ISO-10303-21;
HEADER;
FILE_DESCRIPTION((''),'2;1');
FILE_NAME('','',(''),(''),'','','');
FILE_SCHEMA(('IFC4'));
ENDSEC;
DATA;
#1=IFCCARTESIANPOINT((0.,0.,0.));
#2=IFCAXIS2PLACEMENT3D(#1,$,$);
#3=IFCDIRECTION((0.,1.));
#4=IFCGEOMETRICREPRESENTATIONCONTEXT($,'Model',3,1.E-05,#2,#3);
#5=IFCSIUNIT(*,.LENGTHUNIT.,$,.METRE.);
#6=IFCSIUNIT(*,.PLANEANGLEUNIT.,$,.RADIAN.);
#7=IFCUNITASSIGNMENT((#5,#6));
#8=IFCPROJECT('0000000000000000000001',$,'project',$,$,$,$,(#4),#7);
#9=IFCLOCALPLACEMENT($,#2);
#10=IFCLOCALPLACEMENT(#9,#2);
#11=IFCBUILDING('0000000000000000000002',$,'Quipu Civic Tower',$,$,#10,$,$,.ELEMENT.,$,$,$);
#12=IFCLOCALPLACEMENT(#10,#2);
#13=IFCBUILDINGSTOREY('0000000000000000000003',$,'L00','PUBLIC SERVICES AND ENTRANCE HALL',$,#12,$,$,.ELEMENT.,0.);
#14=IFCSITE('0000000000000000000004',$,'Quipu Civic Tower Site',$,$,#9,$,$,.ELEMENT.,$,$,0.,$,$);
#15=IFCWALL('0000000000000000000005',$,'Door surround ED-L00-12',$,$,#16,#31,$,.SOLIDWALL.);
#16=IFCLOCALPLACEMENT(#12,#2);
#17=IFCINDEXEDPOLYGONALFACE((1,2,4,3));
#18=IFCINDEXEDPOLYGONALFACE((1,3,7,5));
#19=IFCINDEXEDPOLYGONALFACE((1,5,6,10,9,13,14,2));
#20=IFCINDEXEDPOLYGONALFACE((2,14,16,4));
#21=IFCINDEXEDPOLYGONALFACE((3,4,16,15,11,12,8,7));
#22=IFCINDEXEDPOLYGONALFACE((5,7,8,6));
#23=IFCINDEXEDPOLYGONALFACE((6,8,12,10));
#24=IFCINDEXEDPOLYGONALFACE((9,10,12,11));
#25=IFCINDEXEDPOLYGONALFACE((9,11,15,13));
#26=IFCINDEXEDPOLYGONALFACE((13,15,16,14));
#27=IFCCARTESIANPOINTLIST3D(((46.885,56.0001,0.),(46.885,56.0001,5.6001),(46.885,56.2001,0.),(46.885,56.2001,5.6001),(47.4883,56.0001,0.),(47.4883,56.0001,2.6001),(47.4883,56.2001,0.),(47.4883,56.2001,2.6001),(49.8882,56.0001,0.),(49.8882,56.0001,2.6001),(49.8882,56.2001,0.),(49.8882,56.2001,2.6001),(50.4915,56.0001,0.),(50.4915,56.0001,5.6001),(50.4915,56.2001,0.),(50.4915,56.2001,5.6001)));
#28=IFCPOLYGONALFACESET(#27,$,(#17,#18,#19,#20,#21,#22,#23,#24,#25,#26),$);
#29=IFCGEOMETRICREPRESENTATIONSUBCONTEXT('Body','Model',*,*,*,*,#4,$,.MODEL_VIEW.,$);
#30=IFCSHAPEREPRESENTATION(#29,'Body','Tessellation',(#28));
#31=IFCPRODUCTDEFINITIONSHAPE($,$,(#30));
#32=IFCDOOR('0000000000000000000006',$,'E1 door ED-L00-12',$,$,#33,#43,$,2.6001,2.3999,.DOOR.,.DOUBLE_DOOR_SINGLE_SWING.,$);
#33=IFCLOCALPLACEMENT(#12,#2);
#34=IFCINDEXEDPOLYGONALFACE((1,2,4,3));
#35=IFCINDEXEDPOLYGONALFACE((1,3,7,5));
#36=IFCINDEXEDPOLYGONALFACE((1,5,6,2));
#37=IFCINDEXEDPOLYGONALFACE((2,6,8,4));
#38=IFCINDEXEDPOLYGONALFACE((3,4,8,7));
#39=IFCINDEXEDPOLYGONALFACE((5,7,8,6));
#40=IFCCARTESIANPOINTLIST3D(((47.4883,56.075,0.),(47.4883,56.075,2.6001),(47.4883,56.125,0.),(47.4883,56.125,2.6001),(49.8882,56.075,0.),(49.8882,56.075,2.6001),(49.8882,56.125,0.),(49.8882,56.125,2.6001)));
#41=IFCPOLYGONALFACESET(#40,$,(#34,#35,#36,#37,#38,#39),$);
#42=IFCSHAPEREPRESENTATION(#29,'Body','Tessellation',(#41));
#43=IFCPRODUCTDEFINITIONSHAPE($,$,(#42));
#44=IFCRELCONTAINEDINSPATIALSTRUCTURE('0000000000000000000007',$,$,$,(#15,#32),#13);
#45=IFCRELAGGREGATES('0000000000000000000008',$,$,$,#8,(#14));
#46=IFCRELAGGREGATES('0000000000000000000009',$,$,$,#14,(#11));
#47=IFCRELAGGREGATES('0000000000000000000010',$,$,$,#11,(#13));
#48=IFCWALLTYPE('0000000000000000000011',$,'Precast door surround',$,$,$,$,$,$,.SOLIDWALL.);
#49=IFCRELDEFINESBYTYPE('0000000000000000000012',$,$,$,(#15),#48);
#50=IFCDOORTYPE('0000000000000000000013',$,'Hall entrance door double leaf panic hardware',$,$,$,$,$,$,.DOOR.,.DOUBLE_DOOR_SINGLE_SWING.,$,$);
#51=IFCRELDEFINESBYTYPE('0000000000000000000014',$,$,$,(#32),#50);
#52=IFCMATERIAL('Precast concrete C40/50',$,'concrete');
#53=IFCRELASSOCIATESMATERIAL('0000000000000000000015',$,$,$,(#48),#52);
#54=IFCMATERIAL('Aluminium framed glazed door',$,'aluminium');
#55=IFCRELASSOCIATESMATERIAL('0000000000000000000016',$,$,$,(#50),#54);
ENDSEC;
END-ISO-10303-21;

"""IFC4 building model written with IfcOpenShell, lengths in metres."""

from ifc_helpers import new_model, si_unit, direction, frame, frame_2d, origin, place, context, subcontext, project, spatial, rectangle, extrude, material, type_object, element, fill, save


model = new_model("IFC4")

# Units and contexts
model_context = context("Model", 3, precision=1e-05, world=origin(), true_north=direction((0.0, 1.0)))
body_context = subcontext(model_context, "Body", "Model", "MODEL_VIEW")
ifc_project = project(units=[si_unit("LENGTHUNIT", "METRE"), si_unit("PLANEANGLEUNIT", "RADIAN")], contexts=[model_context])

# Site, building, storey
site_placement = place(None, origin())
site = spatial("IfcSite", under=ifc_project, at=site_placement, Name="Quipu Civic Tower Site", CompositionType="ELEMENT", RefElevation=0.0)
building_placement = place(site_placement, origin())
building = spatial("IfcBuilding", under=site, at=building_placement, Name="Quipu Civic Tower", CompositionType="ELEMENT")
storey_placement = place(building_placement, origin())
storey = spatial("IfcBuildingStorey", under=building, at=storey_placement, Name="L00", Description="PUBLIC SERVICES AND ENTRANCE HALL", CompositionType="ELEMENT", Elevation=0.0)

# Wall, opening, door
ifc_material_1 = material(Name="Precast concrete C40/50", Category="concrete")
wall_type = type_object("IfcWallType", Name="Precast door surround", PredefinedType="SOLIDWALL", material=ifc_material_1)
wall_placement = place(storey_placement, frame((46.885, 56.1001, 0.0), z_axis=(0.0, 0.0, 1.0), x_axis=(1.0, 0.0, 0.0)))
wall = element("IfcWall", 1, at=wall_placement, inside=storey, type_object=wall_type, Name="Door surround ED-L00-12", PredefinedType="SOLIDWALL", context=body_context, shape_type="SweptSolid", body=[
    extrude(rectangle(XDim=3.6064, YDim=0.2, at=frame_2d((1.8032, 0.0))), origin(), (0.0, 0.0, 1.0), 5.6001),
])
opening_placement = place(wall_placement, frame((0.6033, 0.0, 0.0)))
opening = element("IfcOpeningElement", 2, at=opening_placement, cuts=wall, PredefinedType="OPENING", context=body_context, shape_type="SweptSolid", body=[
    extrude(rectangle(XDim=2.3999, YDim=2.6001, at=frame_2d((1.2, 1.3))), frame((0.0, 0.1099, 0.0), z_axis=(0.0, -1.0, 0.0), x_axis=(1.0, 0.0, 0.0)), (0.0, 0.0, 1.0), 0.22),
])
ifc_material_2 = material(Name="Aluminium framed glazed door", Category="aluminium")
door_type = type_object("IfcDoorType", Name="Hall entrance door double leaf panic hardware", OperationType="DOUBLE_DOOR_SINGLE_SWING", PredefinedType="DOOR", material=ifc_material_2)
door_placement = place(opening_placement, origin())
door = element("IfcDoor", 3, at=door_placement, inside=storey, type_object=door_type, Name="E1 door ED-L00-12", OperationType="DOUBLE_DOOR_SINGLE_SWING", OverallHeight=2.6001, OverallWidth=2.3999, PredefinedType="DOOR", context=body_context, shape_type="SweptSolid", body=[
    extrude(rectangle(XDim=2.3999, YDim=2.6001, at=frame_2d((1.2, 1.3))), frame((0.0, 0.0249, 0.0), z_axis=(0.0, -1.0, 0.0), x_axis=(1.0, 0.0, 0.0)), (0.0, 0.0, 1.0), 0.05),
])
fill(opening, door)

save(model, "model.ifc")
